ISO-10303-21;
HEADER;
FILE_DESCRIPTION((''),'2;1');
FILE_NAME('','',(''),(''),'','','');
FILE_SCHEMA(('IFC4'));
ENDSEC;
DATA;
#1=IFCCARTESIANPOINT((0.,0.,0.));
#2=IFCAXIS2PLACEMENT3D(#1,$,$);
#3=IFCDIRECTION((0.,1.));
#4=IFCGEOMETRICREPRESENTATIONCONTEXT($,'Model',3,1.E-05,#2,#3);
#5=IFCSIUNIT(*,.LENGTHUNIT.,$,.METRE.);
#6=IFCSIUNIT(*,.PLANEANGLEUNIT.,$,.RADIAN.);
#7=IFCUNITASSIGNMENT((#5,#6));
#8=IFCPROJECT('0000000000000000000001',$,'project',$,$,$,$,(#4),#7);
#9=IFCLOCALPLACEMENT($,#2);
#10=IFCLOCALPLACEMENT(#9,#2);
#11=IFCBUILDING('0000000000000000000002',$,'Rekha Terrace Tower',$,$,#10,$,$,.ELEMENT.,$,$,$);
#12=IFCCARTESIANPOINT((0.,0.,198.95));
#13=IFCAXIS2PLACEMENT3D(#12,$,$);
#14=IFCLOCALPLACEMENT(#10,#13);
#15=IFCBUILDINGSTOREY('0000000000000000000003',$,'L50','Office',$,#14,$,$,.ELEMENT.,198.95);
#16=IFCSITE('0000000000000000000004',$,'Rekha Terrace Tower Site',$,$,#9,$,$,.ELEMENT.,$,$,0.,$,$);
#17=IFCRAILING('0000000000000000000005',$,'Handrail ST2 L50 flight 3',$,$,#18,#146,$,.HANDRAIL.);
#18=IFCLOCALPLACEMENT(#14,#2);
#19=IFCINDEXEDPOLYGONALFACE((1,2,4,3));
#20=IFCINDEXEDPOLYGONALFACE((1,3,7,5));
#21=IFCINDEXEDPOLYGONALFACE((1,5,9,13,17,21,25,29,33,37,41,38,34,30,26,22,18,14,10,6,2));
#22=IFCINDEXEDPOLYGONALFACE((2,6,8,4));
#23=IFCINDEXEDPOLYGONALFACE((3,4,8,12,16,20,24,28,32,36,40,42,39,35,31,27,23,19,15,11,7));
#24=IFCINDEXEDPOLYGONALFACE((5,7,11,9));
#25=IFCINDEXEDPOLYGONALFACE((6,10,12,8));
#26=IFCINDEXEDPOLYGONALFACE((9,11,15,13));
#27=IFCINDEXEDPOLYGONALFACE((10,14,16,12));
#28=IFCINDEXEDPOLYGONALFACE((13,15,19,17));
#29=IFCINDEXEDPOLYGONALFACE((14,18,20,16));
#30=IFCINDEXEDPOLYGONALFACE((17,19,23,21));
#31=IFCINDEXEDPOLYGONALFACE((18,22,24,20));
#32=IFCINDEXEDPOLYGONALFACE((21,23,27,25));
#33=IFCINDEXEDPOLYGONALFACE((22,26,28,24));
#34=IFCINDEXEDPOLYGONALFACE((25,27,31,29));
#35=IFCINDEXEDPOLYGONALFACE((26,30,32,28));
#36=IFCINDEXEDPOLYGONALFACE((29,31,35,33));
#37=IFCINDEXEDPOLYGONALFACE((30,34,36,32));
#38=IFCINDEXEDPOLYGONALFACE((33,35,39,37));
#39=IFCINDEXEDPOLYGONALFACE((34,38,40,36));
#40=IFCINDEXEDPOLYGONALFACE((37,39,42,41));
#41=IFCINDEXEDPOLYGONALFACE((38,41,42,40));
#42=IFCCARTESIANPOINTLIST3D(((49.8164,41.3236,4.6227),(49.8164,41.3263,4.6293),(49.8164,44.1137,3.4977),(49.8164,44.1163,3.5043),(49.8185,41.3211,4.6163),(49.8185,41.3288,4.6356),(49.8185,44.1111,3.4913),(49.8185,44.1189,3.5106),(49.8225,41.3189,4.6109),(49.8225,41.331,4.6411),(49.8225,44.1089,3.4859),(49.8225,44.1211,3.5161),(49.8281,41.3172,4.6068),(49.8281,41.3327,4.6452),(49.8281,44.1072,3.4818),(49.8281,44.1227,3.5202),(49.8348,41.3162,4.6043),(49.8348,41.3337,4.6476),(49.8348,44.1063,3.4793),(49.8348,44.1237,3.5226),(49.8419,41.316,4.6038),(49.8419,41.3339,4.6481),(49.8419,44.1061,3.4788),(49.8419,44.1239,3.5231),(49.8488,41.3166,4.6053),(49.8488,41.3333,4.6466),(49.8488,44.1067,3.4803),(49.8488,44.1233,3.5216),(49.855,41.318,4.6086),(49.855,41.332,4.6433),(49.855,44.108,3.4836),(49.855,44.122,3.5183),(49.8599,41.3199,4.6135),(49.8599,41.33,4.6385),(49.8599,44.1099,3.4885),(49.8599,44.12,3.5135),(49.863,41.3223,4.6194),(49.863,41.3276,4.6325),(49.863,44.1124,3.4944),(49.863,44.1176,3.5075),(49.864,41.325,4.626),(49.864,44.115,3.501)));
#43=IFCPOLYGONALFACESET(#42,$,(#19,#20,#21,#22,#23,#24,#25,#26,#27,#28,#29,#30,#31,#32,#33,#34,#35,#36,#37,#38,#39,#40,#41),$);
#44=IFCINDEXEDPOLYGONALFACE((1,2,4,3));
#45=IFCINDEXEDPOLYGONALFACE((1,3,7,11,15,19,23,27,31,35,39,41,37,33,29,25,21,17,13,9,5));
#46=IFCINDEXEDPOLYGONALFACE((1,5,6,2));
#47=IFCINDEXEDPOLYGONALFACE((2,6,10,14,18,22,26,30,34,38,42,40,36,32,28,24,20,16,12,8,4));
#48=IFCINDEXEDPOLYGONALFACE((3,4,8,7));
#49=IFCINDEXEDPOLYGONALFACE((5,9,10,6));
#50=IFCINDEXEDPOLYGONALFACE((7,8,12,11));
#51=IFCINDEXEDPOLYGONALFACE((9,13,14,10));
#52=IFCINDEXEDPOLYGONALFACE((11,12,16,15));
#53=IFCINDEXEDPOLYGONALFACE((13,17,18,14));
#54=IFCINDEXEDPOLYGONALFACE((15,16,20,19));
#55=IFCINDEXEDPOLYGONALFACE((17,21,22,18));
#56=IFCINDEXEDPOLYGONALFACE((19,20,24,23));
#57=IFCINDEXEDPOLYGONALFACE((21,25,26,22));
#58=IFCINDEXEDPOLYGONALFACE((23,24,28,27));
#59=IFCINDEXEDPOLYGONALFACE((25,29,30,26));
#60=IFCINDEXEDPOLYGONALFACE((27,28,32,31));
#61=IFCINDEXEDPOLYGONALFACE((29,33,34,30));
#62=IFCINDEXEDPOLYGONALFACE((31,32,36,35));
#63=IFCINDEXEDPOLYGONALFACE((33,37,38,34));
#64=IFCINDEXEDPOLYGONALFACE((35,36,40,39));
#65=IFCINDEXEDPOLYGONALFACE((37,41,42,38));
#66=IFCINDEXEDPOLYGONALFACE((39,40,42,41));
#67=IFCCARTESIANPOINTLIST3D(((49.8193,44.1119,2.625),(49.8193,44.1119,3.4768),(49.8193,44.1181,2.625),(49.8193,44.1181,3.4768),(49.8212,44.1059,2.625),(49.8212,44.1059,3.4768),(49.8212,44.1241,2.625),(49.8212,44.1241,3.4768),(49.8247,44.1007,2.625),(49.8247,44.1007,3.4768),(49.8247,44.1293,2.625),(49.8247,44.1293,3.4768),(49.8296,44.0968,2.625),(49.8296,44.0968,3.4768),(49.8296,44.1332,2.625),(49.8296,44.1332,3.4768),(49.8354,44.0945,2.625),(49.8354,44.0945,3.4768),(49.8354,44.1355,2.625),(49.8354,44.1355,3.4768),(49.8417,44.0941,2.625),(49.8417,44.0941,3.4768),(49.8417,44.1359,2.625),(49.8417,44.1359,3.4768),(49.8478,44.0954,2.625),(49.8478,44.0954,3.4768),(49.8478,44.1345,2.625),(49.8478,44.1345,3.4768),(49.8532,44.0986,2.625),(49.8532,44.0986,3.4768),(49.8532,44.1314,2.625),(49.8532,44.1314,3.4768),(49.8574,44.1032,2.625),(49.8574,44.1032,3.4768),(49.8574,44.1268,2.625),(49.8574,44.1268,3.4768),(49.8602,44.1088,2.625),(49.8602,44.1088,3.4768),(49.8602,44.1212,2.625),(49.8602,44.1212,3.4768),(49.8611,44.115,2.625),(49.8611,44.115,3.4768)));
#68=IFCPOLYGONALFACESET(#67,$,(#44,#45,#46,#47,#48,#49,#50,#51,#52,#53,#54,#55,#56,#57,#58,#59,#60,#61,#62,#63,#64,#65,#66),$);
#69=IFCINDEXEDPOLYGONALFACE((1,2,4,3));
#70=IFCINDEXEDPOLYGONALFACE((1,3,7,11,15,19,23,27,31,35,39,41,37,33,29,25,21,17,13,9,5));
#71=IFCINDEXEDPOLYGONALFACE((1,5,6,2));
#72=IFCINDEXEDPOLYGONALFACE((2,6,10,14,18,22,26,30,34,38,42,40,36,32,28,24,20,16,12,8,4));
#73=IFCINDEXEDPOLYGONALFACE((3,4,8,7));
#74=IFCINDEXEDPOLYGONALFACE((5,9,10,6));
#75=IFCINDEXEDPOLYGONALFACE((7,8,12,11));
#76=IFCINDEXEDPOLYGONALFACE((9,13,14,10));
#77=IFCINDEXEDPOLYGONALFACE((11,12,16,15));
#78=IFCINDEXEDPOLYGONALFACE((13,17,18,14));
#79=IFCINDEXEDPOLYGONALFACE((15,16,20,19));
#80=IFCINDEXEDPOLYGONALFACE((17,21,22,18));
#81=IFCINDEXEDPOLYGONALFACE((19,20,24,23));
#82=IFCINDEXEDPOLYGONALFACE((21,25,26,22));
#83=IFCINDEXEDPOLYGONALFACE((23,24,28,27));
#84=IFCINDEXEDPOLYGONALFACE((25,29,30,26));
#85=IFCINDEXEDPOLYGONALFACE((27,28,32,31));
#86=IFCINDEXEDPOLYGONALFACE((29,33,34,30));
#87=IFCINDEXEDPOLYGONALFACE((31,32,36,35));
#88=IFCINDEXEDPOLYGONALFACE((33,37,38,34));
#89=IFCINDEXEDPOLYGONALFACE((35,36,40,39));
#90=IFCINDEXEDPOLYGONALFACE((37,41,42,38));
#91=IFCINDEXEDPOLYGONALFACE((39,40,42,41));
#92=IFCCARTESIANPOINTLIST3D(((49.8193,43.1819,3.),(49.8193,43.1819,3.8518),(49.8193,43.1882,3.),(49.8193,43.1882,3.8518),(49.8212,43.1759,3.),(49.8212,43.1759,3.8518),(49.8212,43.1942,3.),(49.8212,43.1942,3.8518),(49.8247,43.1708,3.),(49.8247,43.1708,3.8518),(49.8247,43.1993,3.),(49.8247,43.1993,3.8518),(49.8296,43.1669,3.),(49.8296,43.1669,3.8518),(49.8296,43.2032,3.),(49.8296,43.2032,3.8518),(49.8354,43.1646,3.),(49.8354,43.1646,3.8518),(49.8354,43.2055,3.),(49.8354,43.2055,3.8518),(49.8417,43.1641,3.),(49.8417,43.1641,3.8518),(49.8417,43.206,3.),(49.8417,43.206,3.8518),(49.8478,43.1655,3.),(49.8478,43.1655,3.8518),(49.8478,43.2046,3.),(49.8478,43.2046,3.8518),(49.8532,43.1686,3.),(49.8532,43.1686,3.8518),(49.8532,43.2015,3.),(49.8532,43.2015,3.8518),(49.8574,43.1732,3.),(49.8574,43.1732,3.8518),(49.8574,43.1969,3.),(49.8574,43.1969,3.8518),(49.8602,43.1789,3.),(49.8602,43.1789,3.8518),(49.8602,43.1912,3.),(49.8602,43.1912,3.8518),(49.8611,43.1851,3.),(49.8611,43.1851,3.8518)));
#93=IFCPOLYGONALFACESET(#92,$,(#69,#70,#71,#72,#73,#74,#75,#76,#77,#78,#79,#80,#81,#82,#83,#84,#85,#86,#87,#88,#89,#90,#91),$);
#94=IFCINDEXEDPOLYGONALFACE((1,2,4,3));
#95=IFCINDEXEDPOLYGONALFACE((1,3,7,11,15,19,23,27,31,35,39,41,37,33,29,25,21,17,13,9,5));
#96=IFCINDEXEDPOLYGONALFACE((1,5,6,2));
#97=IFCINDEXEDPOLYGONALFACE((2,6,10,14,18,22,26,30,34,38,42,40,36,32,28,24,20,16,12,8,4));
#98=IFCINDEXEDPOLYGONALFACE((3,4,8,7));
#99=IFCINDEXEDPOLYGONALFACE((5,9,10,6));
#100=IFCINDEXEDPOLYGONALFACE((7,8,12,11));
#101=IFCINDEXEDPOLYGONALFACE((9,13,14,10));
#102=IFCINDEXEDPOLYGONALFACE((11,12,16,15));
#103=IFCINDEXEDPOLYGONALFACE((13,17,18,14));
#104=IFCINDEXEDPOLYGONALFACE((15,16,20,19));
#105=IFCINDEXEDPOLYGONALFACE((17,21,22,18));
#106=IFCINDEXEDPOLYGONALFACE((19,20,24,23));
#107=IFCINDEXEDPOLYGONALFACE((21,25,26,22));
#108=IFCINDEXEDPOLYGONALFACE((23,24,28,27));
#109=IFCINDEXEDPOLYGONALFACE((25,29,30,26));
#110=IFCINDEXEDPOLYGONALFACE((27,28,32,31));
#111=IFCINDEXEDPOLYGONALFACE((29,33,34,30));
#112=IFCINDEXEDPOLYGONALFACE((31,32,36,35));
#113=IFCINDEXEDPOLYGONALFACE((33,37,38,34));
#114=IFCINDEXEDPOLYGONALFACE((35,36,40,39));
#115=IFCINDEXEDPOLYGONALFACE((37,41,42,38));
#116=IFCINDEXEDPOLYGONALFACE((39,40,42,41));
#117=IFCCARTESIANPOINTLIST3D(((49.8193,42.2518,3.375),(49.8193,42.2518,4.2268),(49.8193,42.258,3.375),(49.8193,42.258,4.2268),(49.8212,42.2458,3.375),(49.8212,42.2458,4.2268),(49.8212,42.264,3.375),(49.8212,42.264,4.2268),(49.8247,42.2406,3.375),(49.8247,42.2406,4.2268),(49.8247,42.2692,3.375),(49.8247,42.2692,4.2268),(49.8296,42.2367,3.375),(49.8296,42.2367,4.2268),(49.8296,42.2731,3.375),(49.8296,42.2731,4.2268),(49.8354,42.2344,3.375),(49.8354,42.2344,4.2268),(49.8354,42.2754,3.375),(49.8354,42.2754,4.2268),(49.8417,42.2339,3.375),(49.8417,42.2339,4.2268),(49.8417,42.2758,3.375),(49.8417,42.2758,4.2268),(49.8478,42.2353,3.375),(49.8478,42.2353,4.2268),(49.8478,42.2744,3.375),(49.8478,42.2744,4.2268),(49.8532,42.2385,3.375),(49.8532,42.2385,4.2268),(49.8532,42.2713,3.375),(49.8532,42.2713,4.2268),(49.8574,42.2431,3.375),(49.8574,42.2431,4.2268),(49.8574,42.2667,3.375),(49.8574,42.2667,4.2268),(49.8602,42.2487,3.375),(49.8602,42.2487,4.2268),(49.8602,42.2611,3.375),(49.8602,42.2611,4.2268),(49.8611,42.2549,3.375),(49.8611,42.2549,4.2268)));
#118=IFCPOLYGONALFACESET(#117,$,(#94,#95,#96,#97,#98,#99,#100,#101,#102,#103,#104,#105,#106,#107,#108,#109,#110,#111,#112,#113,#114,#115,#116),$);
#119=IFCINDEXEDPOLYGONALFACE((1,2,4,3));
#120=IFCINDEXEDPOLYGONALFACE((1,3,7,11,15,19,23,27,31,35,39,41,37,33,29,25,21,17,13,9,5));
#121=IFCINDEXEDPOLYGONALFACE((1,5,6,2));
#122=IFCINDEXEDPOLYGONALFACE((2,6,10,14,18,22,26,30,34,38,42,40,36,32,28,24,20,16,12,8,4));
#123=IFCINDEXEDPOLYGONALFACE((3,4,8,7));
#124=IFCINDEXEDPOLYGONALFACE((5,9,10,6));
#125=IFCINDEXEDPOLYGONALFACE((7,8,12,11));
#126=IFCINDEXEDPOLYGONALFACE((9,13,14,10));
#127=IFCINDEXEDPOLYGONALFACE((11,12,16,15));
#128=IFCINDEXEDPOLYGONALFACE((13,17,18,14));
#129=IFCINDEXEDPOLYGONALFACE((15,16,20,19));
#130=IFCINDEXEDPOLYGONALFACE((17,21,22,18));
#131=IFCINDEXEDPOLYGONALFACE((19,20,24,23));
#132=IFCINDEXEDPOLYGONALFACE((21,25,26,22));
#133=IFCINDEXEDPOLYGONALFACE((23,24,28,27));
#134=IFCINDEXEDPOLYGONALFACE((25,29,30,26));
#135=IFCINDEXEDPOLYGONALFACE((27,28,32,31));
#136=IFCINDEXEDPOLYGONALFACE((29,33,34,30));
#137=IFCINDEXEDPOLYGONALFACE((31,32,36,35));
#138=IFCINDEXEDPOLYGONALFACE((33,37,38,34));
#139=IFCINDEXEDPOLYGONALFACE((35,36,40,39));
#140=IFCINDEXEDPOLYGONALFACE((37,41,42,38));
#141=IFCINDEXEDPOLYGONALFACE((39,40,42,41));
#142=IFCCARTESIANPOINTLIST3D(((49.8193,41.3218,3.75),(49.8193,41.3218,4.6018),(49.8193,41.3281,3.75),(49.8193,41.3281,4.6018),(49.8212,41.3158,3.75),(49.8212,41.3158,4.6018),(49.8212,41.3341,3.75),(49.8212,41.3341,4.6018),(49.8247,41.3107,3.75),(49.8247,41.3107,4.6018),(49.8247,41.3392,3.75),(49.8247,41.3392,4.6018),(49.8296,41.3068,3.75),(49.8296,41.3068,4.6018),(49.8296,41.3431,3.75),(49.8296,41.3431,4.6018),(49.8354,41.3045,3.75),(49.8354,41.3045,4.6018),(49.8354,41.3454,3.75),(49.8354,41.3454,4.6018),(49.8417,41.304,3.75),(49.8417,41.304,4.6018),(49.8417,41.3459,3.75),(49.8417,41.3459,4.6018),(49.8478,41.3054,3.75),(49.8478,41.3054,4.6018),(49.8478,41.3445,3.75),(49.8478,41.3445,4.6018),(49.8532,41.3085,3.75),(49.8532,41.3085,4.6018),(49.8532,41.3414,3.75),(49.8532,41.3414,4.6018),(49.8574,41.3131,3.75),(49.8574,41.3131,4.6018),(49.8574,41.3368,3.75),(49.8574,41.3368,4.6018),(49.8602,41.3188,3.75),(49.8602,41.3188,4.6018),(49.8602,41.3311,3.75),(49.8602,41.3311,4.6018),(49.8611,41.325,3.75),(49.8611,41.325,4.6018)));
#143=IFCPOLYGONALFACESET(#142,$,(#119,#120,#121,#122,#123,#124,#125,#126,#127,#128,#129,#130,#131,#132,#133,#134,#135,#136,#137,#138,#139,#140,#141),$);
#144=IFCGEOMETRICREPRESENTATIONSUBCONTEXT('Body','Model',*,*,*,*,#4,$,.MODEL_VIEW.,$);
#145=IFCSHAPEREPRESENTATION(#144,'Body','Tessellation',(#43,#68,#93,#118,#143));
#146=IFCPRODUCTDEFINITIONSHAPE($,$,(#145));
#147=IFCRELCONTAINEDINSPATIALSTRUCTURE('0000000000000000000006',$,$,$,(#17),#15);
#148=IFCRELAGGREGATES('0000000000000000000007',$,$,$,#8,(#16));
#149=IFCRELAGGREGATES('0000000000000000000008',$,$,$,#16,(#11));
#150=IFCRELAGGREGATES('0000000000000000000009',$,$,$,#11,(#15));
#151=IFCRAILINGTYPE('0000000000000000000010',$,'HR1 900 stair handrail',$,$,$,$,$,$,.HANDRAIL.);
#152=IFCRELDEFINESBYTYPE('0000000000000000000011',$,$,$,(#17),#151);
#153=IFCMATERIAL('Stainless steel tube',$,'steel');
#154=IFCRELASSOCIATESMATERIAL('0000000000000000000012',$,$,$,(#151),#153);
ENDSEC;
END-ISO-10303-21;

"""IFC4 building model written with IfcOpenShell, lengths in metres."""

from ifc_helpers import new_model, si_unit, direction, frame, origin, origin_2d, place, context, subcontext, project, spatial, circle, extrude, material, type_object, element, save


model = new_model("IFC4")

# Units and contexts
model_context = context("Model", 3, precision=1e-05, world=origin(), true_north=direction((0.0, 1.0)))
body_context = subcontext(model_context, "Body", "Model", "MODEL_VIEW")
ifc_project = project(units=[si_unit("LENGTHUNIT", "METRE"), si_unit("PLANEANGLEUNIT", "RADIAN")], contexts=[model_context])

# Site, building, storey
site_placement = place(None, origin())
site = spatial("IfcSite", under=ifc_project, at=site_placement, Name="Rekha Terrace Tower Site", CompositionType="ELEMENT", RefElevation=0.0)
building_placement = place(site_placement, origin())
building = spatial("IfcBuilding", under=site, at=building_placement, Name="Rekha Terrace Tower", CompositionType="ELEMENT")
storey_placement = place(building_placement, frame((0.0, 0.0, 198.95)))
storey = spatial("IfcBuildingStorey", under=building, at=storey_placement, Name="L50", Description="Office", CompositionType="ELEMENT", Elevation=198.95)

# Railing
ifc_material_1 = material(Name="Stainless steel tube", Category="steel")
railing_type = type_object("IfcRailingType", Name="HR1 900 stair handrail", PredefinedType="HANDRAIL", material=ifc_material_1)
railing_placement = place(storey_placement, frame((49.8401, 44.115, 2.625)))
element("IfcRailing", 1, at=railing_placement, inside=storey, type_object=railing_type, Name="Handrail ST2 L50 flight 3", PredefinedType="HANDRAIL", context=body_context, shape_type="SweptSolid", body=[
    extrude(circle(Radius=0.0239, at=origin_2d()), frame((0.0, 0.0, 0.876), z_axis=(0.0, -0.927443, 0.373964), x_axis=(1.0, 0.0, 0.0)), (0.0, 0.0, 1.0), 3.0083),
    extrude(circle(Radius=0.021, at=origin_2d()), origin(), (0.0, 0.0, 1.0), 0.8518),
    extrude(circle(Radius=0.021, at=origin_2d()), frame((0.0, -0.9299, 0.375)), (0.0, 0.0, 1.0), 0.8518),
    extrude(circle(Radius=0.021, at=origin_2d()), frame((0.0, -1.8601, 0.75)), (0.0, 0.0, 1.0), 0.8518),
    extrude(circle(Radius=0.021, at=origin_2d()), frame((0.0, -2.79, 1.125)), (0.0, 0.0, 1.0), 0.8518),
])

save(model, "model.ifc")
